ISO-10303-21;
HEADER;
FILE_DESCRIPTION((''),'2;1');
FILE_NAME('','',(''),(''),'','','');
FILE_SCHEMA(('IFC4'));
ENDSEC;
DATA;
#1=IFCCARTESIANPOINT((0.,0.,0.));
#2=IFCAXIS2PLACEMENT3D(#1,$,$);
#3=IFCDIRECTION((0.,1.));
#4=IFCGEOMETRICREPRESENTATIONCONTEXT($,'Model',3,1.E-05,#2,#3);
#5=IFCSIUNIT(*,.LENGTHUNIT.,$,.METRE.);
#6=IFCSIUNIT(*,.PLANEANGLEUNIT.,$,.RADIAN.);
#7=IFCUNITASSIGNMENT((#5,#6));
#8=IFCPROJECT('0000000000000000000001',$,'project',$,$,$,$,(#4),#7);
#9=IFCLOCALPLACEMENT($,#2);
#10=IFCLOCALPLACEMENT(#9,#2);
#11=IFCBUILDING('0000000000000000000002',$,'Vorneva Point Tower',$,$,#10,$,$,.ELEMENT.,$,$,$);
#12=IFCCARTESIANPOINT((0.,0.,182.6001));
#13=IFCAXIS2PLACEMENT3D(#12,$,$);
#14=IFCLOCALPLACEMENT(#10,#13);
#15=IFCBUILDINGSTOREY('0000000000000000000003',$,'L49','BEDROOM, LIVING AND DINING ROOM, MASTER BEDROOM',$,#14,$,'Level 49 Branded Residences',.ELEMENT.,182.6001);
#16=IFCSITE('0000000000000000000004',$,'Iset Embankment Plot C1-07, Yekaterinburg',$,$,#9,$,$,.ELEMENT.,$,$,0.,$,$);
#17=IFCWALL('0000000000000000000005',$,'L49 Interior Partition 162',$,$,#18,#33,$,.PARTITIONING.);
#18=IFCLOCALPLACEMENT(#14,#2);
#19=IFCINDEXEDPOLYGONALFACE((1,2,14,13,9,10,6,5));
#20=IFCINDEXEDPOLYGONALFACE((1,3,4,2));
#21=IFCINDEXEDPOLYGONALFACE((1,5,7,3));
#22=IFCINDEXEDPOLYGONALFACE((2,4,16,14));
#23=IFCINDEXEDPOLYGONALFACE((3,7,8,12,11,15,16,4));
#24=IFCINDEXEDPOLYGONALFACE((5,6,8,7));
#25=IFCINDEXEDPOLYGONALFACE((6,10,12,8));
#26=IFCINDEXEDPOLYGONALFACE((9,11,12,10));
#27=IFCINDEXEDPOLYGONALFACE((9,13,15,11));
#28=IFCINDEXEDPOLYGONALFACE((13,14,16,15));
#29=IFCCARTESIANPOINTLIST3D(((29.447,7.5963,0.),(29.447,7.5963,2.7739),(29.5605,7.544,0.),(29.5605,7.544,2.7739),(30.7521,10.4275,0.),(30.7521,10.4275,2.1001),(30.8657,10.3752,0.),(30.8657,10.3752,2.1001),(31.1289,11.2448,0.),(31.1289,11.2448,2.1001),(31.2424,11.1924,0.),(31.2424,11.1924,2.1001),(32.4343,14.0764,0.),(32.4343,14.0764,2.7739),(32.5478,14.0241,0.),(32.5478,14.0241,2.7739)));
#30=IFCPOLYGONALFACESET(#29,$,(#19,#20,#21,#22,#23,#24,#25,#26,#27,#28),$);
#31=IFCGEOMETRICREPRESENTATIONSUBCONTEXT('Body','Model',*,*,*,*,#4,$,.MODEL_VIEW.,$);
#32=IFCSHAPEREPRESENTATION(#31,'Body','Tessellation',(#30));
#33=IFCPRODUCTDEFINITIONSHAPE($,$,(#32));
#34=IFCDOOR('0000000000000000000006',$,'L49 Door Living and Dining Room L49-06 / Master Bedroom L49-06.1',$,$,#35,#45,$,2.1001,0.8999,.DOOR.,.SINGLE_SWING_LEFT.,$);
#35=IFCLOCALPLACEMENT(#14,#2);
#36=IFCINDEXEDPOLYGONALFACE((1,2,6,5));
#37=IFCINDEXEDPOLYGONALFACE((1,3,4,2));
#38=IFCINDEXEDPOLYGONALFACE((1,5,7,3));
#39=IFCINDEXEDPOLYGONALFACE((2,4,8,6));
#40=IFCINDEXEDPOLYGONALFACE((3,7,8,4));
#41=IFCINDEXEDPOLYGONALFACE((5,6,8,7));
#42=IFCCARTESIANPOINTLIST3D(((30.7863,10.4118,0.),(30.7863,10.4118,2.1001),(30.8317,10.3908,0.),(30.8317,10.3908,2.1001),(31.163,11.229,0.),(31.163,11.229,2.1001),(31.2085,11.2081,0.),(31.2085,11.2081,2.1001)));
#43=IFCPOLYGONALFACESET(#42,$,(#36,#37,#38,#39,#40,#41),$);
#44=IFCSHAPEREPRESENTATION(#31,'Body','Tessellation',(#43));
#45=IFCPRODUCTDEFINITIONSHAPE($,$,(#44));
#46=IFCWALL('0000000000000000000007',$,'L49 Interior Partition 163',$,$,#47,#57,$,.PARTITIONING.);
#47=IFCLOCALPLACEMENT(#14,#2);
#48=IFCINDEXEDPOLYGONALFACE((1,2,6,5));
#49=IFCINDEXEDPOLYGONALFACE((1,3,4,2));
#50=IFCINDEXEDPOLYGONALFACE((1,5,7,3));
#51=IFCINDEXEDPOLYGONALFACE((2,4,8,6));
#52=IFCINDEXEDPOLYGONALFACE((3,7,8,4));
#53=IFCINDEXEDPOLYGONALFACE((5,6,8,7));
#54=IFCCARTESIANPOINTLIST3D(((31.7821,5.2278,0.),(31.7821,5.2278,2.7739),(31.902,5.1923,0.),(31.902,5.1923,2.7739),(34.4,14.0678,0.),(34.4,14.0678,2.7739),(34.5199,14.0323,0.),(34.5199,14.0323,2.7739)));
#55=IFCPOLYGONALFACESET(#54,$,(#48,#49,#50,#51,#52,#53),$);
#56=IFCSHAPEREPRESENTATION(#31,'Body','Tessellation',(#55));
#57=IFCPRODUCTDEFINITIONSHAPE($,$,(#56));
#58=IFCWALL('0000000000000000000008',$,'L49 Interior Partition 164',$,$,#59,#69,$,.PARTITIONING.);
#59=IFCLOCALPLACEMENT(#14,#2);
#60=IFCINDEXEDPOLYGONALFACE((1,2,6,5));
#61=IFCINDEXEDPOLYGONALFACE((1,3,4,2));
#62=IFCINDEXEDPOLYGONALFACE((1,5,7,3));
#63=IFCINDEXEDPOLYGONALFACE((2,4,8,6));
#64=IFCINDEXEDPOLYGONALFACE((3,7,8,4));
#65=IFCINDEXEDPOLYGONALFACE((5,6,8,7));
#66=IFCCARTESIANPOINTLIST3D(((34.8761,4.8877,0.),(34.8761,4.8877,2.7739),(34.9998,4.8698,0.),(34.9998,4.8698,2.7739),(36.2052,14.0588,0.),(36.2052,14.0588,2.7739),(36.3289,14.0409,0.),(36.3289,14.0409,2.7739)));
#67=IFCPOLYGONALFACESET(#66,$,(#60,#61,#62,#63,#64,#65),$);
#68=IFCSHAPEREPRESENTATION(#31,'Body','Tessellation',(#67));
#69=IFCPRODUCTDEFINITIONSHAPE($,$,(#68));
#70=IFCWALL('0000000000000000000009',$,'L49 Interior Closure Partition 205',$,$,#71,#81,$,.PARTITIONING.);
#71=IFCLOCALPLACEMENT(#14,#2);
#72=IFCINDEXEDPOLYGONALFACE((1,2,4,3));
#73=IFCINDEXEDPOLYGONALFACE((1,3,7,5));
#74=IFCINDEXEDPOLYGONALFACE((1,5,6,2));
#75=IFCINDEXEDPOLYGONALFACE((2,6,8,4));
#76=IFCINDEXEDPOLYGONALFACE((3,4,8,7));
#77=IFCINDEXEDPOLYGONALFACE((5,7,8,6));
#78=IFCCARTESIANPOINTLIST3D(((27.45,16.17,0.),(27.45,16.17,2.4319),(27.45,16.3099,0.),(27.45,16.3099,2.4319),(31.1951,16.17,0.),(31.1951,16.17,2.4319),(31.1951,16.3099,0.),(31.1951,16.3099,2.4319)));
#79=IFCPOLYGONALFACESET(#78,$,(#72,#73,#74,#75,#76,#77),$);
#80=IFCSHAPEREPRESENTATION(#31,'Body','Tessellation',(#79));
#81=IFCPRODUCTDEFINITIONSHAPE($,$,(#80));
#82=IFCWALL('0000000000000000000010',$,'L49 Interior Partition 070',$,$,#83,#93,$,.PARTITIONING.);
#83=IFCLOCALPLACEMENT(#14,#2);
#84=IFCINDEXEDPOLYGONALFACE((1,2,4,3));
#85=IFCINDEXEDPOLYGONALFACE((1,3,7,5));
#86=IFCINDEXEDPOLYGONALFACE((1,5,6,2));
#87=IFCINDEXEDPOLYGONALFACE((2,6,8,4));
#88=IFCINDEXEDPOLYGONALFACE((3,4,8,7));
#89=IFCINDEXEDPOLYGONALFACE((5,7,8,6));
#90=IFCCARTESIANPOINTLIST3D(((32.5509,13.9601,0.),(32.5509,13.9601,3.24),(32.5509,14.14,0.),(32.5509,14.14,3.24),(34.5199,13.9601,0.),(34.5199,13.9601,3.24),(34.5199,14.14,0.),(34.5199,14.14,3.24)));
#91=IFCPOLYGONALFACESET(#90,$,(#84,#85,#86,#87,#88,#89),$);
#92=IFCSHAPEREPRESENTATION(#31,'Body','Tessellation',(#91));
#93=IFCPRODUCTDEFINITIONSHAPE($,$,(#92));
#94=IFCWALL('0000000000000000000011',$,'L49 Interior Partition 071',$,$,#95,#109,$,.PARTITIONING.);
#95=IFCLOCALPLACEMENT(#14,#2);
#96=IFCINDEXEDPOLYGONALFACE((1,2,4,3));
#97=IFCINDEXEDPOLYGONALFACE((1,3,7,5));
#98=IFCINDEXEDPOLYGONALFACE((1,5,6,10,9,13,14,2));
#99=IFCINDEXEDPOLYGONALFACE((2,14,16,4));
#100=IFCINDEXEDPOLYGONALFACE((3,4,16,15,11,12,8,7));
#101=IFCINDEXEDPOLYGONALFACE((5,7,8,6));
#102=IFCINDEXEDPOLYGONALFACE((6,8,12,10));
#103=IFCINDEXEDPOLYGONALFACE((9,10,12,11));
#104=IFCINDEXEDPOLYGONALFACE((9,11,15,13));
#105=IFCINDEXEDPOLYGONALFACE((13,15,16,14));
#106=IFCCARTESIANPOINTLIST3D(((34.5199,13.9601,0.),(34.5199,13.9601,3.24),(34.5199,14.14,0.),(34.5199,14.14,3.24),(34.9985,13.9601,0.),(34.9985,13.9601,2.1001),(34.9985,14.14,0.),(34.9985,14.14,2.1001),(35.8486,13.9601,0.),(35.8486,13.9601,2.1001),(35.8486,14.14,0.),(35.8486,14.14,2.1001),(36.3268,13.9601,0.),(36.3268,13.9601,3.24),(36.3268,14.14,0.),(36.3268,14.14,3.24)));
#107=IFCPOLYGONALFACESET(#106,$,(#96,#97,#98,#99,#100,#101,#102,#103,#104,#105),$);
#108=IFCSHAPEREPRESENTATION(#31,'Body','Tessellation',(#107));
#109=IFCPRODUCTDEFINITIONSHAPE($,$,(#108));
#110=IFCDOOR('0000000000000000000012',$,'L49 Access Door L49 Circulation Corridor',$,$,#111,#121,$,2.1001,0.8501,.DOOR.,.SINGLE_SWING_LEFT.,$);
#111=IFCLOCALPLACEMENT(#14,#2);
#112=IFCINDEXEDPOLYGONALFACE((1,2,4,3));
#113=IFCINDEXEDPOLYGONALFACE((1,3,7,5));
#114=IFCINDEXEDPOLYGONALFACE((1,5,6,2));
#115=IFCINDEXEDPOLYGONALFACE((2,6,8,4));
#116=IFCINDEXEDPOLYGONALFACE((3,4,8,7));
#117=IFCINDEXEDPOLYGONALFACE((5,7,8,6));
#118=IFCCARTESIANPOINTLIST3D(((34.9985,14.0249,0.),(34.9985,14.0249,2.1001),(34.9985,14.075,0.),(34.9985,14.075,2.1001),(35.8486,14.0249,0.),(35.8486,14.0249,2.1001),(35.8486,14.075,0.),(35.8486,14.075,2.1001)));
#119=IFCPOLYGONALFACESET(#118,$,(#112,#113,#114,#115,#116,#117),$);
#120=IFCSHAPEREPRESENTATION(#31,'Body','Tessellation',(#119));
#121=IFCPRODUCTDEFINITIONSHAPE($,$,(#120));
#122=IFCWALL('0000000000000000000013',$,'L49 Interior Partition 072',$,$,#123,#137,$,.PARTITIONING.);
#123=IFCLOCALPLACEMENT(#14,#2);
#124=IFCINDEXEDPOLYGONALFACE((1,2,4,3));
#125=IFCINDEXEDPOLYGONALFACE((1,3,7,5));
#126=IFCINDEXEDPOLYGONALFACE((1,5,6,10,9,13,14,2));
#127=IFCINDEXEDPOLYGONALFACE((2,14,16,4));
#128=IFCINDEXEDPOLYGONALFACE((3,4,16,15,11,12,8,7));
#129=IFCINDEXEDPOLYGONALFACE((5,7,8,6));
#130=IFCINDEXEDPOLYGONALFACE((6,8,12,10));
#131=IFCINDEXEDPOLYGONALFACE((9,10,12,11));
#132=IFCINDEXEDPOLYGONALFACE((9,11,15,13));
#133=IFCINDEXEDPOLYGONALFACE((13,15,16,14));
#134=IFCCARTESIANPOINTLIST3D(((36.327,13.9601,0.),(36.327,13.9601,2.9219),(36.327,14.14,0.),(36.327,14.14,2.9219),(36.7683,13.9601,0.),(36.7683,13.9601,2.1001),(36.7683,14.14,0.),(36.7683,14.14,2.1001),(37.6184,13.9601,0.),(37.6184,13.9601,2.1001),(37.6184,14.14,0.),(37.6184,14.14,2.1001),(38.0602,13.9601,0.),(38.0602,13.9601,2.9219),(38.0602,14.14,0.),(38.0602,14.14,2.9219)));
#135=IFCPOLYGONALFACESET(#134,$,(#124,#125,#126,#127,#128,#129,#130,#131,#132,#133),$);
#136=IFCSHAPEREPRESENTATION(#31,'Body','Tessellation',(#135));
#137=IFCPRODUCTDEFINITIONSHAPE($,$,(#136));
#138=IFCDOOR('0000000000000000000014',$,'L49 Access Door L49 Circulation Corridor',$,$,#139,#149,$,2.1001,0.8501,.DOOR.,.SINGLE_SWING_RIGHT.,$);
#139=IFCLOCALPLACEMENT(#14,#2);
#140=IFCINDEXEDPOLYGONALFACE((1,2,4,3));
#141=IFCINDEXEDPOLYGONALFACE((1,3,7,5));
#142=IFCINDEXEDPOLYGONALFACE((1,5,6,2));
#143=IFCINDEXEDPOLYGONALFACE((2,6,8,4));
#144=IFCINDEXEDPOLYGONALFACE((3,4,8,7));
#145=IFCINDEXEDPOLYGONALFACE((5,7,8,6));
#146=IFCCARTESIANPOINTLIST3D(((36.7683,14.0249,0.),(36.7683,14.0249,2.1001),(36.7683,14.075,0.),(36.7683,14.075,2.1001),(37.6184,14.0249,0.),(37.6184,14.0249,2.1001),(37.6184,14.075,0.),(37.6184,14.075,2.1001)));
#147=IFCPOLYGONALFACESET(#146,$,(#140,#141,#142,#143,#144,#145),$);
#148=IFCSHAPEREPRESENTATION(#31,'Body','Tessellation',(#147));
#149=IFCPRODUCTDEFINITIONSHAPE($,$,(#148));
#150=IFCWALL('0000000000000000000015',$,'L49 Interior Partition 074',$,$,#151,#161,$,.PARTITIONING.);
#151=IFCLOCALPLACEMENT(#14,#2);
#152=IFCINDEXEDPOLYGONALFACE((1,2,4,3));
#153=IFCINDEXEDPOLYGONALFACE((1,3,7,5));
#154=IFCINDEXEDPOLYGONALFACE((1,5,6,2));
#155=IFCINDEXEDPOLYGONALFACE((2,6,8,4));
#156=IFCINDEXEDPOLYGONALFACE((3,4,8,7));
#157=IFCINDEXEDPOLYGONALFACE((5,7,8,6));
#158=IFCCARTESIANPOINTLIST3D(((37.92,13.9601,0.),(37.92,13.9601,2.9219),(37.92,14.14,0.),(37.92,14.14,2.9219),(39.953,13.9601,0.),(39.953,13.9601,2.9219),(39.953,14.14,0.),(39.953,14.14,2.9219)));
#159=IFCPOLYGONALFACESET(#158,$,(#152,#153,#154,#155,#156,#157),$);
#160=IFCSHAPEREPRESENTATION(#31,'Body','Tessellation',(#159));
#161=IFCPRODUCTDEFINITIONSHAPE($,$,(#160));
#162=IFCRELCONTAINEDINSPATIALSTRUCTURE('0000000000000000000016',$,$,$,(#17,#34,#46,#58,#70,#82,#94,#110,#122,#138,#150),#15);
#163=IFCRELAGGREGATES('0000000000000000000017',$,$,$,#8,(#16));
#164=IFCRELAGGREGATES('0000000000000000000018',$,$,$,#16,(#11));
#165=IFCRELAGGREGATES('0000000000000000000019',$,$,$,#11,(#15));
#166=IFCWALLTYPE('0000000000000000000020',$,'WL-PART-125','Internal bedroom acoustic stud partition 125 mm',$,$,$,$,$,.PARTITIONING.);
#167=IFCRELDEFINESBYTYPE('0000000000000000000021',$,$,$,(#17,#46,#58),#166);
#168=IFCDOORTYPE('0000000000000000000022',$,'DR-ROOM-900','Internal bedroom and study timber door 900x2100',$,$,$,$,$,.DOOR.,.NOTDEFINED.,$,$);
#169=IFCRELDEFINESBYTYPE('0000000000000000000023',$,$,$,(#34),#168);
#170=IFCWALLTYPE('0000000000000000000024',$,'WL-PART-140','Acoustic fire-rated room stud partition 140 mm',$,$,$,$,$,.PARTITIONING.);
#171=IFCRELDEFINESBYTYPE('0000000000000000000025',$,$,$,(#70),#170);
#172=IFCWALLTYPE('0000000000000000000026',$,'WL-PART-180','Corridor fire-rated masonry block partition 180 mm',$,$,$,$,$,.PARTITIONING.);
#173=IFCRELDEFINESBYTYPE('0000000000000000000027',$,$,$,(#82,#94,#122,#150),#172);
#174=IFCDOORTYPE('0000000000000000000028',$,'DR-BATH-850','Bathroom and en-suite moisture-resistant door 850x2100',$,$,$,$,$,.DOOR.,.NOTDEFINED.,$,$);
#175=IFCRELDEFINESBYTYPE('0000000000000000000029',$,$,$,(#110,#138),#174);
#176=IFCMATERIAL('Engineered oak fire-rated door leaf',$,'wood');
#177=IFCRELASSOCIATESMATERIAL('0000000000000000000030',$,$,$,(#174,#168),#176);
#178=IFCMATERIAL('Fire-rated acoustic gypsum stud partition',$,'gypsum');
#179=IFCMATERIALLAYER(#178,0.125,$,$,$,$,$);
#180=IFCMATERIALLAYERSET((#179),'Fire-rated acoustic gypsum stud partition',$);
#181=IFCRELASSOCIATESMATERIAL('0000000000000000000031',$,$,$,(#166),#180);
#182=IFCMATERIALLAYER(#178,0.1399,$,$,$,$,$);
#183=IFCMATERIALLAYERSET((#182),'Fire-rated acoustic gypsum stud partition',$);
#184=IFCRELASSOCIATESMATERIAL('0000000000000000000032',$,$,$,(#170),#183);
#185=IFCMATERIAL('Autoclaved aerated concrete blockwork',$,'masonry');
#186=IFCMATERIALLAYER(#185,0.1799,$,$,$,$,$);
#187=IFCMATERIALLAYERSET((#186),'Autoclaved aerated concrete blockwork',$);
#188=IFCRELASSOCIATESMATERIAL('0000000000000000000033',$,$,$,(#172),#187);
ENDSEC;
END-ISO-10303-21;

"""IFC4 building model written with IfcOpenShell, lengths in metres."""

from ifc_helpers import new_model, si_unit, direction, frame, frame_2d, origin, place, context, subcontext, project, spatial, rectangle, extrude, material, layer, layer_set, type_object, element, fill, save


model = new_model("IFC4")

# Units and contexts
model_context = context("Model", 3, precision=1e-05, world=origin(), true_north=direction((0.0, 1.0)))
body_context = subcontext(model_context, "Body", "Model", "MODEL_VIEW")
ifc_project = project(units=[si_unit("LENGTHUNIT", "METRE"), si_unit("PLANEANGLEUNIT", "RADIAN")], contexts=[model_context])

# Site, building, storey
site_placement = place(None, origin())
site = spatial("IfcSite", under=ifc_project, at=site_placement, Name="Iset Embankment Plot C1-07, Yekaterinburg", CompositionType="ELEMENT", RefElevation=0.0)
building_placement = place(site_placement, origin())
building = spatial("IfcBuilding", under=site, at=building_placement, Name="Vorneva Point Tower", CompositionType="ELEMENT")
storey_placement = place(building_placement, frame((0.0, 0.0, 182.6001)))
storey = spatial("IfcBuildingStorey", under=building, at=storey_placement, Name="L49", Description="BEDROOM, LIVING AND DINING ROOM, MASTER BEDROOM", LongName="Level 49 Branded Residences", CompositionType="ELEMENT", Elevation=182.6001)

# Shared definitions
ifc_material_1 = material(Name="Fire-rated acoustic gypsum stud partition", Category="gypsum")
ifc_material_2 = material(Name="Engineered oak fire-rated door leaf", Category="wood")
door_type_1 = type_object("IfcDoorType", Name="DR-BATH-850", Description="Bathroom and en-suite moisture-resistant door 850x2100", OperationType="NOTDEFINED", PredefinedType="DOOR", material=ifc_material_2)

# Wall, opening, door
ifc_layer_1 = layer(ifc_material_1, 0.125)
ifc_layer_set_1 = layer_set([ifc_layer_1], Name="Fire-rated acoustic gypsum stud partition")
wall_type_1 = type_object("IfcWallType", Name="WL-PART-125", Description="Internal bedroom acoustic stud partition 125 mm", PredefinedType="PARTITIONING", material=ifc_layer_set_1)
wall_1_placement = place(storey_placement, frame((29.5037, 7.5701, 0.0), z_axis=(0.0, 0.0, 1.0), x_axis=(0.418659, 0.908144, 0.0)))
wall_1 = element("IfcWall", 1, at=wall_1_placement, inside=storey, type_object=wall_type_1, Name="L49 Interior Partition 162", PredefinedType="PARTITIONING", context=body_context, shape_type="SweptSolid", body=[
    extrude(rectangle(XDim=7.1355, YDim=0.125, at=frame_2d((3.5679, 0.0))), origin(), (0.0, 0.0, 1.0), 2.7739),
])
opening_1_placement = place(wall_1_placement, frame((3.1177, 0.0, 0.0)))
opening_1 = element("IfcOpeningElement", 2, at=opening_1_placement, cuts=wall_1, PredefinedType="OPENING", context=body_context, shape_type="SweptSolid", body=[
    extrude(rectangle(XDim=0.8999, YDim=2.1001, at=frame_2d((0.45, 1.05))), frame((0.0, 0.0774, 0.0), z_axis=(0.0, -1.0, 0.0), x_axis=(1.0, 0.0, 0.0)), (0.0, 0.0, 1.0), 0.1548),
])
door_type_2 = type_object("IfcDoorType", Name="DR-ROOM-900", Description="Internal bedroom and study timber door 900x2100", OperationType="NOTDEFINED", PredefinedType="DOOR", material=ifc_material_2)
door_1_placement = place(opening_1_placement, origin())
door_1 = element("IfcDoor", 3, at=door_1_placement, inside=storey, type_object=door_type_2, Name="L49 Door Living and Dining Room L49-06 / Master Bedroom L49-06.1", OperationType="SINGLE_SWING_LEFT", OverallHeight=2.1001, OverallWidth=0.8999, PredefinedType="DOOR", context=body_context, shape_type="SweptSolid", body=[
    extrude(rectangle(XDim=0.8999, YDim=2.1001, at=frame_2d((0.45, 1.05))), frame((0.0, 0.0249, 0.0), z_axis=(0.0, -1.0, 0.0), x_axis=(1.0, 0.0, 0.0)), (0.0, 0.0, 1.0), 0.05),
])
fill(opening_1, door_1)

# Walls
wall_2_placement = place(storey_placement, frame((31.842, 5.21, 0.0), z_axis=(0.0, 0.0, 1.0), x_axis=(0.283952, 0.958838, 0.0)))
element("IfcWall", 4, at=wall_2_placement, inside=storey, type_object=wall_type_1, Name="L49 Interior Partition 163", PredefinedType="PARTITIONING", context=body_context, shape_type="SweptSolid", body=[
    extrude(rectangle(XDim=9.2195, YDim=0.125, at=frame_2d((4.6099, 0.0))), origin(), (0.0, 0.0, 1.0), 2.7739),
])
wall_3_placement = place(storey_placement, frame((34.938, 4.8789, 0.0), z_axis=(0.0, 0.0, 1.0), x_axis=(0.143424, 0.989661, 0.0)))
element("IfcWall", 5, at=wall_3_placement, inside=storey, type_object=wall_type_1, Name="L49 Interior Partition 164", PredefinedType="PARTITIONING", context=body_context, shape_type="SweptSolid", body=[
    extrude(rectangle(XDim=9.2668, YDim=0.125, at=frame_2d((4.6333, 0.0))), origin(), (0.0, 0.0, 1.0), 2.7739),
])
ifc_layer_2 = layer(ifc_material_1, 0.1399)
ifc_layer_set_2 = layer_set([ifc_layer_2], Name="Fire-rated acoustic gypsum stud partition")
wall_type_2 = type_object("IfcWallType", Name="WL-PART-140", Description="Acoustic fire-rated room stud partition 140 mm", PredefinedType="PARTITIONING", material=ifc_layer_set_2)
wall_4_placement = place(storey_placement, frame((27.45, 16.24, 0.0), z_axis=(0.0, 0.0, 1.0), x_axis=(1.0, 0.0, 0.0)))
element("IfcWall", 6, at=wall_4_placement, inside=storey, type_object=wall_type_2, Name="L49 Interior Closure Partition 205", PredefinedType="PARTITIONING", context=body_context, shape_type="SweptSolid", body=[
    extrude(rectangle(XDim=3.7451, YDim=0.1399, at=frame_2d((1.8726, 0.0))), origin(), (0.0, 0.0, 1.0), 2.4319),
])

# Shared definitions
ifc_material_3 = material(Name="Autoclaved aerated concrete blockwork", Category="masonry")
ifc_layer_3 = layer(ifc_material_3, 0.1799)
ifc_layer_set_3 = layer_set([ifc_layer_3], Name="Autoclaved aerated concrete blockwork")
wall_type_3 = type_object("IfcWallType", Name="WL-PART-180", Description="Corridor fire-rated masonry block partition 180 mm", PredefinedType="PARTITIONING", material=ifc_layer_set_3)

# Wall
wall_5_placement = place(storey_placement, frame((32.551, 14.05, 0.0), z_axis=(0.0, 0.0, 1.0), x_axis=(1.0, 0.0, 0.0)))
element("IfcWall", 7, at=wall_5_placement, inside=storey, type_object=wall_type_3, Name="L49 Interior Partition 070", PredefinedType="PARTITIONING", context=body_context, shape_type="SweptSolid", body=[
    extrude(rectangle(XDim=1.969, YDim=0.1799, at=frame_2d((0.9844, 0.0))), origin(), (0.0, 0.0, 1.0), 3.24),
])

# Walls, openings, doors
wall_6_placement = place(storey_placement, frame((34.52, 14.05, 0.0), z_axis=(0.0, 0.0, 1.0), x_axis=(1.0, 0.0, 0.0)))
wall_6 = element("IfcWall", 8, at=wall_6_placement, inside=storey, type_object=wall_type_3, Name="L49 Interior Partition 071", PredefinedType="PARTITIONING", context=body_context, shape_type="SweptSolid", body=[
    extrude(rectangle(XDim=1.8069, YDim=0.1799, at=frame_2d((0.9033, 0.0))), origin(), (0.0, 0.0, 1.0), 3.24),
])
opening_2_placement = place(wall_6_placement, frame((0.4785, 0.0, 0.0)))
opening_2 = element("IfcOpeningElement", 9, at=opening_2_placement, cuts=wall_6, PredefinedType="OPENING", context=body_context, shape_type="SweptSolid", body=[
    extrude(rectangle(XDim=0.8501, YDim=2.1001, at=frame_2d((0.425, 1.05))), frame((0.0, 0.105, 0.0), z_axis=(0.0, -1.0, 0.0), x_axis=(1.0, 0.0, 0.0)), (0.0, 0.0, 1.0), 0.2097),
])
door_2_placement = place(opening_2_placement, origin())
door_2 = element("IfcDoor", 10, at=door_2_placement, inside=storey, type_object=door_type_1, Name="L49 Access Door L49 Circulation Corridor", OperationType="SINGLE_SWING_LEFT", OverallHeight=2.1001, OverallWidth=0.8501, PredefinedType="DOOR", context=body_context, shape_type="SweptSolid", body=[
    extrude(rectangle(XDim=0.8501, YDim=2.1001, at=frame_2d((0.425, 1.05))), frame((0.0, 0.0249, 0.0), z_axis=(0.0, -1.0, 0.0), x_axis=(1.0, 0.0, 0.0)), (0.0, 0.0, 1.0), 0.05),
])
fill(opening_2, door_2)
wall_7_placement = place(storey_placement, frame((36.3269, 14.05, 0.0), z_axis=(0.0, 0.0, 1.0), x_axis=(1.0, 0.0, 0.0)))
wall_7 = element("IfcWall", 11, at=wall_7_placement, inside=storey, type_object=wall_type_3, Name="L49 Interior Partition 072", PredefinedType="PARTITIONING", context=body_context, shape_type="SweptSolid", body=[
    extrude(rectangle(XDim=1.7332, YDim=0.1799, at=frame_2d((0.8667, 0.0))), origin(), (0.0, 0.0, 1.0), 2.9219),
])
opening_3_placement = place(wall_7_placement, frame((0.4414, 0.0, 0.0)))
opening_3 = element("IfcOpeningElement", 12, at=opening_3_placement, cuts=wall_7, PredefinedType="OPENING", context=body_context, shape_type="SweptSolid", body=[
    extrude(rectangle(XDim=0.8501, YDim=2.1001, at=frame_2d((0.425, 1.05))), frame((0.0, 0.105, 0.0), z_axis=(0.0, -1.0, 0.0), x_axis=(1.0, 0.0, 0.0)), (0.0, 0.0, 1.0), 0.2097),
])
door_3_placement = place(opening_3_placement, origin())
door_3 = element("IfcDoor", 13, at=door_3_placement, inside=storey, type_object=door_type_1, Name="L49 Access Door L49 Circulation Corridor", OperationType="SINGLE_SWING_RIGHT", OverallHeight=2.1001, OverallWidth=0.8501, PredefinedType="DOOR", context=body_context, shape_type="SweptSolid", body=[
    extrude(rectangle(XDim=0.8501, YDim=2.1001, at=frame_2d((0.425, 1.05))), frame((0.0, 0.0249, 0.0), z_axis=(0.0, -1.0, 0.0), x_axis=(1.0, 0.0, 0.0)), (0.0, 0.0, 1.0), 0.05),
])
fill(opening_3, door_3)

# Wall
wall_8_placement = place(storey_placement, frame((37.9199, 14.05, 0.0), z_axis=(0.0, 0.0, 1.0), x_axis=(1.0, 0.0, 0.0)))
element("IfcWall", 14, at=wall_8_placement, inside=storey, type_object=wall_type_3, Name="L49 Interior Partition 074", PredefinedType="PARTITIONING", context=body_context, shape_type="SweptSolid", body=[
    extrude(rectangle(XDim=2.033, YDim=0.1799, at=frame_2d((1.0166, 0.0))), origin(), (0.0, 0.0, 1.0), 2.9219),
])

save(model, "model.ifc")
